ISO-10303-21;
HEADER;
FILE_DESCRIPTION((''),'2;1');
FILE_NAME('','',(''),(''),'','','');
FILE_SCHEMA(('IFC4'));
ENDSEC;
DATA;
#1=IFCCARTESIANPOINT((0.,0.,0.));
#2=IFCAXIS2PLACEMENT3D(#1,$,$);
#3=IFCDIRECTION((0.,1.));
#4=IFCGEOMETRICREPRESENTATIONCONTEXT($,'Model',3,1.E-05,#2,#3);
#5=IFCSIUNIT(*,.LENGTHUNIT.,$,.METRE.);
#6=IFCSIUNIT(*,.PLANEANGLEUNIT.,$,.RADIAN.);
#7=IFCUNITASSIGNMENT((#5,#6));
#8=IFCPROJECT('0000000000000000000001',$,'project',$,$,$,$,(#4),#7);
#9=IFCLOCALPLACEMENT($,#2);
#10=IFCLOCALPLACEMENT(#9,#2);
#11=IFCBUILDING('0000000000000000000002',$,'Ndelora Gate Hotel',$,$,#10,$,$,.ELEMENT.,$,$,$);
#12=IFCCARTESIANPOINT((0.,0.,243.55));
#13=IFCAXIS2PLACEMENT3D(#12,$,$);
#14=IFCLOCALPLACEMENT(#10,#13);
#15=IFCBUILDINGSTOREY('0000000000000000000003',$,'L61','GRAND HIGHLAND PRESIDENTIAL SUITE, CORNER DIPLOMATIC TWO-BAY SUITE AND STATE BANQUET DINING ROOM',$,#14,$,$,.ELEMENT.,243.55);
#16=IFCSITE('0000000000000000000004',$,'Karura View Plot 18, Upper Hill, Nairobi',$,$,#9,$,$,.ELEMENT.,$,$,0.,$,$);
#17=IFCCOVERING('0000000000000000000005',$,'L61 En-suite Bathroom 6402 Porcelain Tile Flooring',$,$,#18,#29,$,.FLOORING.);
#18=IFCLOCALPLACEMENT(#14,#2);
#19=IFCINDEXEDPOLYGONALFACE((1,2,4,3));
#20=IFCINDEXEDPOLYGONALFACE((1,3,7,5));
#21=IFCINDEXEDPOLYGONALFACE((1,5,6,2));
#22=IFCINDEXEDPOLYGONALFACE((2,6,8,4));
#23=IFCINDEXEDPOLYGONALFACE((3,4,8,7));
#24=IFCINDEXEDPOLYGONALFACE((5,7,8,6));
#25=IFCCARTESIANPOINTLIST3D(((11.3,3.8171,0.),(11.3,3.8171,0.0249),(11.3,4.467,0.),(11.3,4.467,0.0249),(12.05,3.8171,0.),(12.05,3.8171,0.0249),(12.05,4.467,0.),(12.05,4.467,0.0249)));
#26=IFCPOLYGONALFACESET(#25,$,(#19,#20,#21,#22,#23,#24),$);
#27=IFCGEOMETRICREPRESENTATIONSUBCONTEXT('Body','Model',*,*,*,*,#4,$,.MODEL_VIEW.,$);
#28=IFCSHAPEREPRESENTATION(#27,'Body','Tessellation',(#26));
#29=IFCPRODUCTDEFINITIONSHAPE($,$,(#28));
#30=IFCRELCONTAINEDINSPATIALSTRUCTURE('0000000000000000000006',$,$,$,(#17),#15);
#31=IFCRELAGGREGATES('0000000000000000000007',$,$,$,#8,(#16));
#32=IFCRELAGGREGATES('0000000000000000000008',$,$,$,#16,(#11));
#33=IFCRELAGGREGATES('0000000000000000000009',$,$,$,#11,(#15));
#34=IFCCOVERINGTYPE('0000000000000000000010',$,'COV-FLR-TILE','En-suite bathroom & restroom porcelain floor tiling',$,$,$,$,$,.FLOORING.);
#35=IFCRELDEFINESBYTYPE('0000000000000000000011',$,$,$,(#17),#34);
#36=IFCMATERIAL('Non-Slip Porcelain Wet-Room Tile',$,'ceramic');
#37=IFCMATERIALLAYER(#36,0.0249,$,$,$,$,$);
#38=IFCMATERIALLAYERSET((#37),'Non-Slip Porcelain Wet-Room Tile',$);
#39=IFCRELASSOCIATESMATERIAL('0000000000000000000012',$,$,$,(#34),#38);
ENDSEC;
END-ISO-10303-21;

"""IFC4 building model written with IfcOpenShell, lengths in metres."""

from ifc_helpers import new_model, si_unit, direction, frame, origin, origin_2d, place, context, subcontext, project, spatial, rectangle, extrude, material, layer, layer_set, type_object, element, save


model = new_model("IFC4")

# Units and contexts
model_context = context("Model", 3, precision=1e-05, world=origin(), true_north=direction((0.0, 1.0)))
body_context = subcontext(model_context, "Body", "Model", "MODEL_VIEW")
ifc_project = project(units=[si_unit("LENGTHUNIT", "METRE"), si_unit("PLANEANGLEUNIT", "RADIAN")], contexts=[model_context])

# Site, building, storey
site_placement = place(None, origin())
site = spatial("IfcSite", under=ifc_project, at=site_placement, Name="Karura View Plot 18, Upper Hill, Nairobi", CompositionType="ELEMENT", RefElevation=0.0)
building_placement = place(site_placement, origin())
building = spatial("IfcBuilding", under=site, at=building_placement, Name="Ndelora Gate Hotel", CompositionType="ELEMENT")
storey_placement = place(building_placement, frame((0.0, 0.0, 243.55)))
storey = spatial("IfcBuildingStorey", under=building, at=storey_placement, Name="L61", Description="GRAND HIGHLAND PRESIDENTIAL SUITE, CORNER DIPLOMATIC TWO-BAY SUITE AND STATE BANQUET DINING ROOM", CompositionType="ELEMENT", Elevation=243.55)

# Covering
ifc_material_1 = material(Name="Non-Slip Porcelain Wet-Room Tile", Category="ceramic")
ifc_layer_1 = layer(ifc_material_1, 0.0249)
ifc_layer_set_1 = layer_set([ifc_layer_1], Name="Non-Slip Porcelain Wet-Room Tile")
covering_type_1 = type_object("IfcCoveringType", Name="COV-FLR-TILE", Description="En-suite bathroom & restroom porcelain floor tiling", PredefinedType="FLOORING", material=ifc_layer_set_1)
covering_1_placement = place(storey_placement, frame((11.675, 4.1421, 0.0), z_axis=(0.0, 0.0, 1.0), x_axis=(1.0, 0.0, 0.0)))
element("IfcCovering", 1, at=covering_1_placement, inside=storey, type_object=covering_type_1, Name="L61 En-suite Bathroom 6402 Porcelain Tile Flooring", PredefinedType="FLOORING", context=body_context, shape_type="SweptSolid", body=[
    extrude(rectangle(XDim=0.75, YDim=0.6499, at=origin_2d()), origin(), (0.0, 0.0, 1.0), 0.0249),
])

save(model, "model.ifc")
